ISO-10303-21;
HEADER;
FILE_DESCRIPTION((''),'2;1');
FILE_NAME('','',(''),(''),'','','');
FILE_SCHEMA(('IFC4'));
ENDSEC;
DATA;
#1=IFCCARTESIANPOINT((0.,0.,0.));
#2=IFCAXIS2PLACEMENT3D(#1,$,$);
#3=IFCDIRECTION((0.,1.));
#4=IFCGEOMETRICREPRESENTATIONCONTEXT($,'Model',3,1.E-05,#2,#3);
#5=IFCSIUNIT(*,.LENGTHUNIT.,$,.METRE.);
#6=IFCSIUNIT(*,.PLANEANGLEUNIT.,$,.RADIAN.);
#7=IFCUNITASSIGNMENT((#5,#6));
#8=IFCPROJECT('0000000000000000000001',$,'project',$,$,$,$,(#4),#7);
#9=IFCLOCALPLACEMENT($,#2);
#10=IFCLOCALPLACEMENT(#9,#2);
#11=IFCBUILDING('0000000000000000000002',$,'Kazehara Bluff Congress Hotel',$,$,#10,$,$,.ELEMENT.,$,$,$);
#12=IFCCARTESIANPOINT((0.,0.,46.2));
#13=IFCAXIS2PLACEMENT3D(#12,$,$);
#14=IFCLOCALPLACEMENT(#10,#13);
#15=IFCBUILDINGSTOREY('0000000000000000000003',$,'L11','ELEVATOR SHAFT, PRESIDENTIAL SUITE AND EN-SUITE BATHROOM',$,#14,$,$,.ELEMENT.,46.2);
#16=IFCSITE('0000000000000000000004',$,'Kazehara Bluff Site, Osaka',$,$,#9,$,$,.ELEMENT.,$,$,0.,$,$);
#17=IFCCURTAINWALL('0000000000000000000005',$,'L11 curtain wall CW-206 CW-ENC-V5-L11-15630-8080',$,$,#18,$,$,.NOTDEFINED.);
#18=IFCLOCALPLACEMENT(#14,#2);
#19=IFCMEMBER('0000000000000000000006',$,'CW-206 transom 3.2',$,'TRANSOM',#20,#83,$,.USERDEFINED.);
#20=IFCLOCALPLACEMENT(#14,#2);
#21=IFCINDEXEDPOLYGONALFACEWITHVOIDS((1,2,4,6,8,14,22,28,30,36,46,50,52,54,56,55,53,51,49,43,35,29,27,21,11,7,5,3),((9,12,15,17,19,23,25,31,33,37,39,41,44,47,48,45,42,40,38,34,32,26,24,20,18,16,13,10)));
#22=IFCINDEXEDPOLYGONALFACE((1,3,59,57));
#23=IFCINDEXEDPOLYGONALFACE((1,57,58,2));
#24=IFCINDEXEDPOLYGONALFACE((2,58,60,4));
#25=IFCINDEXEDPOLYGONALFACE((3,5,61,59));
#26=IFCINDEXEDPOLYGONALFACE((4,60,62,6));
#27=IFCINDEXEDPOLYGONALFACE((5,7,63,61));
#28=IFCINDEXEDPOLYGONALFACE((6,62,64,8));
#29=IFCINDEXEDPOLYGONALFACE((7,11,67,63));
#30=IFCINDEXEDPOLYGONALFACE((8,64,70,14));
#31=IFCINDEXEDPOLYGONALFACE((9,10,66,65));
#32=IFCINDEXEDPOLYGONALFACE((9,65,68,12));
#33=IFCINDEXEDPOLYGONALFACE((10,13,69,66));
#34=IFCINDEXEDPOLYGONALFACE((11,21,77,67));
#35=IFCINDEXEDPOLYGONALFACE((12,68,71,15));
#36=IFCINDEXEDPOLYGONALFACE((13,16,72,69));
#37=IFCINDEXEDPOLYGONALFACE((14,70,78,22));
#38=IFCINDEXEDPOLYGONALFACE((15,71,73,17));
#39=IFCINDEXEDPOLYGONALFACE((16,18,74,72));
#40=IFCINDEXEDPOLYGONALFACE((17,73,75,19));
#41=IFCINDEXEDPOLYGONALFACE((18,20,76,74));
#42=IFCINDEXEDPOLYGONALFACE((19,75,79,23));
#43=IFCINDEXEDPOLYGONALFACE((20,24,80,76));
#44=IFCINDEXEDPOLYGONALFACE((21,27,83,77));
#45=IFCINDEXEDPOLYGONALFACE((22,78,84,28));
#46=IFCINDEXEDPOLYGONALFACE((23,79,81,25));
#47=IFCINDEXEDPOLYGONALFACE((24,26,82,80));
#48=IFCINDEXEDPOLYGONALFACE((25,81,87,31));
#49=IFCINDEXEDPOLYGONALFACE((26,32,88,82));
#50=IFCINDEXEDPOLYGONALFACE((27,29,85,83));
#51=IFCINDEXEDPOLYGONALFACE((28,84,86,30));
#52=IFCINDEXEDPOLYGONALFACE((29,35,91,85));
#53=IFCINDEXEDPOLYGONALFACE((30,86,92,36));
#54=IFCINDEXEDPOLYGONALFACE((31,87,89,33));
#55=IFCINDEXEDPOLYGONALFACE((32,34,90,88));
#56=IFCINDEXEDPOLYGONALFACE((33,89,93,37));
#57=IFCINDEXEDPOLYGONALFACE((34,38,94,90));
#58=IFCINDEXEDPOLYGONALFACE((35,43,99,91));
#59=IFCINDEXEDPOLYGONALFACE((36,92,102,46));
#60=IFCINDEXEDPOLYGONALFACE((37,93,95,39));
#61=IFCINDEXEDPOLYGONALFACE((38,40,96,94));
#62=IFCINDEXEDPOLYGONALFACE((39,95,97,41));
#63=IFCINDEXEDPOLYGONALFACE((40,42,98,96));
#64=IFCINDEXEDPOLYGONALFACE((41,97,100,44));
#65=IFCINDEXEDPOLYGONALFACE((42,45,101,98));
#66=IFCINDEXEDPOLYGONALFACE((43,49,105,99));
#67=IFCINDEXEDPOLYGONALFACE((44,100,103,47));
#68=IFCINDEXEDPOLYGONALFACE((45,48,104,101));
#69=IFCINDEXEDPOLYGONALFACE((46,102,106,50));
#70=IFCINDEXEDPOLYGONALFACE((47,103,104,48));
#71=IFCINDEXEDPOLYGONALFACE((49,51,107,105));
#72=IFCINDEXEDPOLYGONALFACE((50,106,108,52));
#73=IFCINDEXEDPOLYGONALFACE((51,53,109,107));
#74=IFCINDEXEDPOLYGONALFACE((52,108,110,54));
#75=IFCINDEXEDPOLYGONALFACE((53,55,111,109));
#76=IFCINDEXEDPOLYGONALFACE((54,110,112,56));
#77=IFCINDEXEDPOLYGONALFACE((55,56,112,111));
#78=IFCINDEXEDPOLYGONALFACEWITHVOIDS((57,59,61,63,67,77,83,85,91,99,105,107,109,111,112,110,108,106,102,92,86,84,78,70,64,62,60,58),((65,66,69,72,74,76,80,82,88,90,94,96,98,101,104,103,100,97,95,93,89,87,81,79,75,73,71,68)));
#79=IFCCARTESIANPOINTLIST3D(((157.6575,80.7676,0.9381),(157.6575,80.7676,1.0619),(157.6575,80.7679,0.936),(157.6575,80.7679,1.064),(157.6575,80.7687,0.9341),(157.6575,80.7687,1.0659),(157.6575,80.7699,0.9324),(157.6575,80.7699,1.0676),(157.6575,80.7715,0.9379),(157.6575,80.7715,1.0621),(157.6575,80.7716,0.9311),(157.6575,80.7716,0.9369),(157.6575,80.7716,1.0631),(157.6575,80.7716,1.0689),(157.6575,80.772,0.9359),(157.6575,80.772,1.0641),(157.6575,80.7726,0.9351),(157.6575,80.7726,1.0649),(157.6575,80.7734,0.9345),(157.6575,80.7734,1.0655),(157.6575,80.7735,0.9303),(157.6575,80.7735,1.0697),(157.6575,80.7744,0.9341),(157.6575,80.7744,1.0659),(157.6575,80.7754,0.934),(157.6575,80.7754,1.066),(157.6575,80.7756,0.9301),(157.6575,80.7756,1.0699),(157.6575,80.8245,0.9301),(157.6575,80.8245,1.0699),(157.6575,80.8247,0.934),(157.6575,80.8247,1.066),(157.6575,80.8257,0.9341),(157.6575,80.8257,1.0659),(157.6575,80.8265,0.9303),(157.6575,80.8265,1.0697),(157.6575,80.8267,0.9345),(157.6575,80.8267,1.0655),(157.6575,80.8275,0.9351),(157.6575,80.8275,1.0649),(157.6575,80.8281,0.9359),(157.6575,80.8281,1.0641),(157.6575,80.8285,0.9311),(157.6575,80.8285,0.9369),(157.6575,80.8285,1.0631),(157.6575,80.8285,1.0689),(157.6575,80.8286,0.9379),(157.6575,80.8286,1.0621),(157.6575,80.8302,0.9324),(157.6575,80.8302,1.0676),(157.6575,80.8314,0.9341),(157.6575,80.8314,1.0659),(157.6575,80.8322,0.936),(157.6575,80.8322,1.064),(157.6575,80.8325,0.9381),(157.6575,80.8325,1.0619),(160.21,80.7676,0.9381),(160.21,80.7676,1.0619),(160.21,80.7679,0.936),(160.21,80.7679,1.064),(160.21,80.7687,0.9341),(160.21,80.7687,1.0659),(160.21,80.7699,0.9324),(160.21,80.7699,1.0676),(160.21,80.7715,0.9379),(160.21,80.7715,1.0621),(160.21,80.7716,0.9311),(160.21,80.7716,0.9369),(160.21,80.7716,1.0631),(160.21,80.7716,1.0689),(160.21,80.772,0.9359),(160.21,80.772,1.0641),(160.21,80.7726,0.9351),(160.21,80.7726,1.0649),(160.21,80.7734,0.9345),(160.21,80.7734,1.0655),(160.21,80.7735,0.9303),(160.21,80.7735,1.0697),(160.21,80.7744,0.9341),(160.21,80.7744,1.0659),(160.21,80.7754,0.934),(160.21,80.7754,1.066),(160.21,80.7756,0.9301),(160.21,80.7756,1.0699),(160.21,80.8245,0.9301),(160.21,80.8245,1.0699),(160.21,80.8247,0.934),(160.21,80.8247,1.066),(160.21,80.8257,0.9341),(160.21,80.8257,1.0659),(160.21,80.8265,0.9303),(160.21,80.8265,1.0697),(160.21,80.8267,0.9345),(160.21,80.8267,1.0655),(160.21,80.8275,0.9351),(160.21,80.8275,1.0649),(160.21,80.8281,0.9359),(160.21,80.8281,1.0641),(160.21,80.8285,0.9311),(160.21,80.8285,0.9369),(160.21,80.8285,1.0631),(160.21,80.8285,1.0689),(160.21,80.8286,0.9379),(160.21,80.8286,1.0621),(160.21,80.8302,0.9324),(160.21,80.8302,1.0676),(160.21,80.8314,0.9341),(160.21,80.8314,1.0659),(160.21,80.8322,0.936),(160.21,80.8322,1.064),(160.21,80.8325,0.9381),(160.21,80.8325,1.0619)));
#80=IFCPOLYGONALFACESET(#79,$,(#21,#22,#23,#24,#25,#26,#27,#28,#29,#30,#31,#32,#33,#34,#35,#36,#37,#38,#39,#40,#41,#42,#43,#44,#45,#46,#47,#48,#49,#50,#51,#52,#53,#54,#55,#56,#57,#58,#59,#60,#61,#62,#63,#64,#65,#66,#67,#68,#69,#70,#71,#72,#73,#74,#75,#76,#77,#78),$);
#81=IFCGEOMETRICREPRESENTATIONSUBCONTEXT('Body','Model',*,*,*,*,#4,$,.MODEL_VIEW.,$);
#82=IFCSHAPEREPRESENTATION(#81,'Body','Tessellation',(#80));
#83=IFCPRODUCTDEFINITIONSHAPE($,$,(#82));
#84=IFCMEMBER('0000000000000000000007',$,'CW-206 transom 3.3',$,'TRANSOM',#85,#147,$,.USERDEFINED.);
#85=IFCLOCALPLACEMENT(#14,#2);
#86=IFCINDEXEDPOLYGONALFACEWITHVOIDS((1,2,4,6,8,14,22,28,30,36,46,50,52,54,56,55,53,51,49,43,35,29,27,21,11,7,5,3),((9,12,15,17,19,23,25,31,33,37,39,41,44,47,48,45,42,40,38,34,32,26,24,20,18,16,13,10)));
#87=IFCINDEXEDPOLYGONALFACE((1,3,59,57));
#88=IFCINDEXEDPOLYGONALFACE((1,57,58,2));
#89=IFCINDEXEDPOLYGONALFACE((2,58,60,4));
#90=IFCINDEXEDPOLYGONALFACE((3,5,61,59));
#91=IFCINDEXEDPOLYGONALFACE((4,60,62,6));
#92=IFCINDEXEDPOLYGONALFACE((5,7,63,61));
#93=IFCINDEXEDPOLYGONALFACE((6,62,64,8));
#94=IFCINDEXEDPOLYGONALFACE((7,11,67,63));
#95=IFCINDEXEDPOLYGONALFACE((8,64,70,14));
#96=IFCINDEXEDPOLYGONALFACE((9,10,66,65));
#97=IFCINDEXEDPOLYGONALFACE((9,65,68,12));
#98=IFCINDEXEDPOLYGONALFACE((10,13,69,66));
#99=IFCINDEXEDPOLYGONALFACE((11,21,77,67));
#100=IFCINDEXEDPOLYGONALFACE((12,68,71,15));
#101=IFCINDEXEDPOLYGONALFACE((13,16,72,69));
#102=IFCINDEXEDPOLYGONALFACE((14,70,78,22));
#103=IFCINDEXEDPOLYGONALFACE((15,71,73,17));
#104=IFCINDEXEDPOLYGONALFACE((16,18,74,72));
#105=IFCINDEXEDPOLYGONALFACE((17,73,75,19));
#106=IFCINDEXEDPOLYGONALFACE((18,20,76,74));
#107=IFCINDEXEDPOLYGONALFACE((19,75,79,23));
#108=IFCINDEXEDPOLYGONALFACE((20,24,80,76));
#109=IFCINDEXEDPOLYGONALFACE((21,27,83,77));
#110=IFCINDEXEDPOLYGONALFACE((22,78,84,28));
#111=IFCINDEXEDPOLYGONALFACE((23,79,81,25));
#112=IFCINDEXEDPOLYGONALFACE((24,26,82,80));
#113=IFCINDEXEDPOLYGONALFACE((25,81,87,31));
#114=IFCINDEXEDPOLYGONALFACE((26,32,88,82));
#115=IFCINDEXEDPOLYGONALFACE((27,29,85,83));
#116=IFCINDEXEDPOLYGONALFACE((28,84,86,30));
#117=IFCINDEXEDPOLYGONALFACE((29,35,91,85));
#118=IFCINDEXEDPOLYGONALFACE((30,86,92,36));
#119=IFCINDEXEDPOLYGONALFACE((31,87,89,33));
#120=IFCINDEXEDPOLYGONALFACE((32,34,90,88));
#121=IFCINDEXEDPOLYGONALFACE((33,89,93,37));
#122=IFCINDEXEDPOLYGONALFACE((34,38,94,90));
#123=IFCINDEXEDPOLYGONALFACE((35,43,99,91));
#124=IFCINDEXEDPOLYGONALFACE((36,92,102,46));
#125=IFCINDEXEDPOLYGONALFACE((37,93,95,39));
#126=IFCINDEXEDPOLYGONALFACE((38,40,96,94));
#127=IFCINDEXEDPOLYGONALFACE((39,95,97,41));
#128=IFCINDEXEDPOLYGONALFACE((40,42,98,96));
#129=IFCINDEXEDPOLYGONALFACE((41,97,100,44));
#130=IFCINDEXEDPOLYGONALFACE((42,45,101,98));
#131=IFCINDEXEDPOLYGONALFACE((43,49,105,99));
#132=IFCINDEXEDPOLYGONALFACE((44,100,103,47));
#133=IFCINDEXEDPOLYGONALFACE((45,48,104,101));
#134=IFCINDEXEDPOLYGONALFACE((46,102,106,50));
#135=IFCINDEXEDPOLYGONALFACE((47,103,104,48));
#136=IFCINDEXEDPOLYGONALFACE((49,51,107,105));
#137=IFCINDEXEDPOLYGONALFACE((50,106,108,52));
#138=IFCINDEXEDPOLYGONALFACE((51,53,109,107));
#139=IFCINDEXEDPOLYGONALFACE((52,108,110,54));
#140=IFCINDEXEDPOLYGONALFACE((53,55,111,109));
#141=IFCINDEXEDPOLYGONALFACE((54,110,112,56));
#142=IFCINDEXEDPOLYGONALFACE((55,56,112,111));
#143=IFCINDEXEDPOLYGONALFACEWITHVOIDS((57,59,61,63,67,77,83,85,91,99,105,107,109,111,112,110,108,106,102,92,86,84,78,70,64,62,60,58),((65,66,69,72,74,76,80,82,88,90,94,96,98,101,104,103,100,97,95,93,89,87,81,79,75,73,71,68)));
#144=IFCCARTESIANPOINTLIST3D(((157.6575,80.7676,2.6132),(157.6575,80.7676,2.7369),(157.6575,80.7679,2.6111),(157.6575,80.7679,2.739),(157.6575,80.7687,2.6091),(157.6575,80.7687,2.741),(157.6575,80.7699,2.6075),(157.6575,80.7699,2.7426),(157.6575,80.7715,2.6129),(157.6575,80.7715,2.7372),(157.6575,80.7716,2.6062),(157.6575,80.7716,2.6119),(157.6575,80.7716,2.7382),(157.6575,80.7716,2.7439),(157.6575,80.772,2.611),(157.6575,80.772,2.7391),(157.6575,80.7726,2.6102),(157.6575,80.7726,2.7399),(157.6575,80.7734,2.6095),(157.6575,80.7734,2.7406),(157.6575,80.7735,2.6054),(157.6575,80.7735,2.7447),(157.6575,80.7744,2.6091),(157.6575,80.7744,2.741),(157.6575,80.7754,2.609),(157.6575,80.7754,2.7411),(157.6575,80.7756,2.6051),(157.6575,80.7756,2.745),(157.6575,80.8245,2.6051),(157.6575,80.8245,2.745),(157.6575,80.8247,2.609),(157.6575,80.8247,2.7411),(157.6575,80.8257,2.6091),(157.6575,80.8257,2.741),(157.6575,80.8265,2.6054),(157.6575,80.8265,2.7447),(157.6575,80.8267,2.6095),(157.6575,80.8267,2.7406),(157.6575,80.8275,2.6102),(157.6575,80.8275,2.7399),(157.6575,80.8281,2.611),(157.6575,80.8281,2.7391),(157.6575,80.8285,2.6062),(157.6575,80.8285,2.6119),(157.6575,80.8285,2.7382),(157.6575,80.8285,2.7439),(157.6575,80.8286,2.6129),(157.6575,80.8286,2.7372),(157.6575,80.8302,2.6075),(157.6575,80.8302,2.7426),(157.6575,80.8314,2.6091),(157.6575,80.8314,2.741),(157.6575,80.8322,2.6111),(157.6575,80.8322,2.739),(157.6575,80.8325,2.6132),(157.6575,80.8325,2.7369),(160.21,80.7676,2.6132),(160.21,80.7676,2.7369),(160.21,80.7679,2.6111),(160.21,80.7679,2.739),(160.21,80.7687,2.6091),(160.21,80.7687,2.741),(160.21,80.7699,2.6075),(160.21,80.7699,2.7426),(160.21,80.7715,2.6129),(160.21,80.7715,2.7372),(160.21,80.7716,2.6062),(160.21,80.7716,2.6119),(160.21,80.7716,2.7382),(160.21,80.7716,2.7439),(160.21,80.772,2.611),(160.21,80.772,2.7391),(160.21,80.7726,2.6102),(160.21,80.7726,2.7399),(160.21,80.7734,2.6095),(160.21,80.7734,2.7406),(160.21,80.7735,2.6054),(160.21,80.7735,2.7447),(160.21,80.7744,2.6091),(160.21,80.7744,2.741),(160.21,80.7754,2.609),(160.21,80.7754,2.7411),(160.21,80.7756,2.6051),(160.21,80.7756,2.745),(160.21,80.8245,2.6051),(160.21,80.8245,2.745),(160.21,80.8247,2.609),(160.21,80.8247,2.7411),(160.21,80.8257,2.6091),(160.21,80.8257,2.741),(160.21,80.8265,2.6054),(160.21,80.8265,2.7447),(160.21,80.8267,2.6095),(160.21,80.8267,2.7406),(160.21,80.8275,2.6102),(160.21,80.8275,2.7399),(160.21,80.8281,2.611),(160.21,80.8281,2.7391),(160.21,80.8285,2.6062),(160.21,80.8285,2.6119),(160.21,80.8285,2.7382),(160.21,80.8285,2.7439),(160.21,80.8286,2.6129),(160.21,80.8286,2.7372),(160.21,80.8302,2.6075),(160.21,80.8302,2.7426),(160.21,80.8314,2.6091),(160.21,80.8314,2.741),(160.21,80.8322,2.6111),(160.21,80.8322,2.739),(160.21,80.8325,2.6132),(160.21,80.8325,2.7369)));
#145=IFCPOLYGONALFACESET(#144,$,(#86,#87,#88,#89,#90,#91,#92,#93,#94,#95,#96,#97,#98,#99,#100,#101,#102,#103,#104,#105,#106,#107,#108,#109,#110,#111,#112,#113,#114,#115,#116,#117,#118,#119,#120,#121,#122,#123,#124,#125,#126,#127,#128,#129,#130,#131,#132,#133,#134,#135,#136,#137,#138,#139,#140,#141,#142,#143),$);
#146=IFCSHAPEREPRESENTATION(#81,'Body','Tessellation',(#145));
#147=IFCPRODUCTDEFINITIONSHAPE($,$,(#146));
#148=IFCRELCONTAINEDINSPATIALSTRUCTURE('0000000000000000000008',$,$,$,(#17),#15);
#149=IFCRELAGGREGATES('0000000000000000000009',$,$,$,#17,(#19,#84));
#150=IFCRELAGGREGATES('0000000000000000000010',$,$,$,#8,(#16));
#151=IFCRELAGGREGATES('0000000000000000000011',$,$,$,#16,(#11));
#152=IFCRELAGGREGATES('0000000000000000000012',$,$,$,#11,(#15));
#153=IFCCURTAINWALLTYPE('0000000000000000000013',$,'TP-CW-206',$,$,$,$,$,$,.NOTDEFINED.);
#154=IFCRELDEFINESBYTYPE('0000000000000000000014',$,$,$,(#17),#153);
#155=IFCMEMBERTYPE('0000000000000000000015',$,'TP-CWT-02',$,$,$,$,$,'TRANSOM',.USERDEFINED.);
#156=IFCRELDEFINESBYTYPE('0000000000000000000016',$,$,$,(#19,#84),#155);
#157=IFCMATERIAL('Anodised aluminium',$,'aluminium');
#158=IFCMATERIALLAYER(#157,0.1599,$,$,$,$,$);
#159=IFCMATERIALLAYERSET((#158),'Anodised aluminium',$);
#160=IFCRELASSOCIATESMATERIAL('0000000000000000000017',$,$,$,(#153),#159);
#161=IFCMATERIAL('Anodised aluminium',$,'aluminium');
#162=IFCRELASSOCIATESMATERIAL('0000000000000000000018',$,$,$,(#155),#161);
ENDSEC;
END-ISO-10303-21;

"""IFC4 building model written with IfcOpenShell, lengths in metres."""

from ifc_helpers import new_model, si_unit, direction, frame, origin, origin_2d, place, context, subcontext, project, spatial, hollow_rectangle, extrude, material, layer, layer_set, material_profile, profile_set, type_object, element, aggregate, save


model = new_model("IFC4")

# Units and contexts
model_context = context("Model", 3, precision=1e-05, world=origin(), true_north=direction((0.0, 1.0)))
body_context = subcontext(model_context, "Body", "Model", "MODEL_VIEW")
ifc_project = project(units=[si_unit("LENGTHUNIT", "METRE"), si_unit("PLANEANGLEUNIT", "RADIAN")], contexts=[model_context])

# Site, building, storey
site_placement = place(None, origin())
site = spatial("IfcSite", under=ifc_project, at=site_placement, Name="Kazehara Bluff Site, Osaka", CompositionType="ELEMENT", RefElevation=0.0)
building_placement = place(site_placement, origin())
building = spatial("IfcBuilding", under=site, at=building_placement, Name="Kazehara Bluff Congress Hotel", CompositionType="ELEMENT")
storey_placement = place(building_placement, frame((0.0, 0.0, 46.2)))
storey = spatial("IfcBuildingStorey", under=building, at=storey_placement, Name="L11", Description="ELEVATOR SHAFT, PRESIDENTIAL SUITE AND EN-SUITE BATHROOM", CompositionType="ELEMENT", Elevation=46.2)

# Curtain wall
ifc_material_1 = material(Name="Anodised aluminium", Category="aluminium")
ifc_layer_1 = layer(ifc_material_1, 0.1599)
ifc_layer_set_1 = layer_set([ifc_layer_1], Name="Anodised aluminium")
curtain_wall_type_1 = type_object("IfcCurtainWallType", Name="TP-CW-206", PredefinedType="NOTDEFINED", material=ifc_layer_set_1)
curtain_wall_1_placement = place(storey_placement, origin())
curtain_wall_1 = element("IfcCurtainWall", 1, at=curtain_wall_1_placement, inside=storey, type_object=curtain_wall_type_1, Name="L11 curtain wall CW-206 CW-ENC-V5-L11-15630-8080", PredefinedType="NOTDEFINED")

# Members
ifc_material_2 = material(Name="Anodised aluminium", Category="aluminium")
ifc_material_profile_1 = material_profile(ifc_material_2, hollow_rectangle(XDim=0.0649, YDim=0.1399, WallThickness=0.0039, InnerFilletRadius=0.0039, OuterFilletRadius=0.0081, at=origin_2d()))
ifc_profile_set_1 = profile_set([ifc_material_profile_1], Name="Anodised aluminium")
member_type_1 = type_object("IfcMemberType", Name="TP-CWT-02", ElementType="TRANSOM", PredefinedType="USERDEFINED", material=ifc_profile_set_1)
member_1_placement = place(storey_placement, frame((157.6575, 80.8, 1.0), z_axis=(1.0, 0.0, 0.0), x_axis=(0.0, 1.0, 0.0)))
member_1 = element("IfcMember", 2, at=member_1_placement, type_object=member_type_1, Name="CW-206 transom 3.2", ObjectType="TRANSOM", PredefinedType="USERDEFINED", context=body_context, shape_type="SweptSolid", body=[
    extrude(hollow_rectangle(XDim=0.0649, YDim=0.1399, WallThickness=0.0039, InnerFilletRadius=0.0039, OuterFilletRadius=0.0081, at=origin_2d()), origin(), (0.0, 0.0, 1.0), 2.5525),
])
member_2_placement = place(storey_placement, frame((157.6575, 80.8, 2.675), z_axis=(1.0, 0.0, 0.0), x_axis=(0.0, 1.0, 0.0)))
member_2 = element("IfcMember", 3, at=member_2_placement, type_object=member_type_1, Name="CW-206 transom 3.3", ObjectType="TRANSOM", PredefinedType="USERDEFINED", context=body_context, shape_type="SweptSolid", body=[
    extrude(hollow_rectangle(XDim=0.0649, YDim=0.1399, WallThickness=0.0039, InnerFilletRadius=0.0039, OuterFilletRadius=0.0081, at=origin_2d()), origin(), (0.0, 0.0, 1.0), 2.5525),
])

aggregate(curtain_wall_1, [member_1, member_2])

save(model, "model.ifc")
